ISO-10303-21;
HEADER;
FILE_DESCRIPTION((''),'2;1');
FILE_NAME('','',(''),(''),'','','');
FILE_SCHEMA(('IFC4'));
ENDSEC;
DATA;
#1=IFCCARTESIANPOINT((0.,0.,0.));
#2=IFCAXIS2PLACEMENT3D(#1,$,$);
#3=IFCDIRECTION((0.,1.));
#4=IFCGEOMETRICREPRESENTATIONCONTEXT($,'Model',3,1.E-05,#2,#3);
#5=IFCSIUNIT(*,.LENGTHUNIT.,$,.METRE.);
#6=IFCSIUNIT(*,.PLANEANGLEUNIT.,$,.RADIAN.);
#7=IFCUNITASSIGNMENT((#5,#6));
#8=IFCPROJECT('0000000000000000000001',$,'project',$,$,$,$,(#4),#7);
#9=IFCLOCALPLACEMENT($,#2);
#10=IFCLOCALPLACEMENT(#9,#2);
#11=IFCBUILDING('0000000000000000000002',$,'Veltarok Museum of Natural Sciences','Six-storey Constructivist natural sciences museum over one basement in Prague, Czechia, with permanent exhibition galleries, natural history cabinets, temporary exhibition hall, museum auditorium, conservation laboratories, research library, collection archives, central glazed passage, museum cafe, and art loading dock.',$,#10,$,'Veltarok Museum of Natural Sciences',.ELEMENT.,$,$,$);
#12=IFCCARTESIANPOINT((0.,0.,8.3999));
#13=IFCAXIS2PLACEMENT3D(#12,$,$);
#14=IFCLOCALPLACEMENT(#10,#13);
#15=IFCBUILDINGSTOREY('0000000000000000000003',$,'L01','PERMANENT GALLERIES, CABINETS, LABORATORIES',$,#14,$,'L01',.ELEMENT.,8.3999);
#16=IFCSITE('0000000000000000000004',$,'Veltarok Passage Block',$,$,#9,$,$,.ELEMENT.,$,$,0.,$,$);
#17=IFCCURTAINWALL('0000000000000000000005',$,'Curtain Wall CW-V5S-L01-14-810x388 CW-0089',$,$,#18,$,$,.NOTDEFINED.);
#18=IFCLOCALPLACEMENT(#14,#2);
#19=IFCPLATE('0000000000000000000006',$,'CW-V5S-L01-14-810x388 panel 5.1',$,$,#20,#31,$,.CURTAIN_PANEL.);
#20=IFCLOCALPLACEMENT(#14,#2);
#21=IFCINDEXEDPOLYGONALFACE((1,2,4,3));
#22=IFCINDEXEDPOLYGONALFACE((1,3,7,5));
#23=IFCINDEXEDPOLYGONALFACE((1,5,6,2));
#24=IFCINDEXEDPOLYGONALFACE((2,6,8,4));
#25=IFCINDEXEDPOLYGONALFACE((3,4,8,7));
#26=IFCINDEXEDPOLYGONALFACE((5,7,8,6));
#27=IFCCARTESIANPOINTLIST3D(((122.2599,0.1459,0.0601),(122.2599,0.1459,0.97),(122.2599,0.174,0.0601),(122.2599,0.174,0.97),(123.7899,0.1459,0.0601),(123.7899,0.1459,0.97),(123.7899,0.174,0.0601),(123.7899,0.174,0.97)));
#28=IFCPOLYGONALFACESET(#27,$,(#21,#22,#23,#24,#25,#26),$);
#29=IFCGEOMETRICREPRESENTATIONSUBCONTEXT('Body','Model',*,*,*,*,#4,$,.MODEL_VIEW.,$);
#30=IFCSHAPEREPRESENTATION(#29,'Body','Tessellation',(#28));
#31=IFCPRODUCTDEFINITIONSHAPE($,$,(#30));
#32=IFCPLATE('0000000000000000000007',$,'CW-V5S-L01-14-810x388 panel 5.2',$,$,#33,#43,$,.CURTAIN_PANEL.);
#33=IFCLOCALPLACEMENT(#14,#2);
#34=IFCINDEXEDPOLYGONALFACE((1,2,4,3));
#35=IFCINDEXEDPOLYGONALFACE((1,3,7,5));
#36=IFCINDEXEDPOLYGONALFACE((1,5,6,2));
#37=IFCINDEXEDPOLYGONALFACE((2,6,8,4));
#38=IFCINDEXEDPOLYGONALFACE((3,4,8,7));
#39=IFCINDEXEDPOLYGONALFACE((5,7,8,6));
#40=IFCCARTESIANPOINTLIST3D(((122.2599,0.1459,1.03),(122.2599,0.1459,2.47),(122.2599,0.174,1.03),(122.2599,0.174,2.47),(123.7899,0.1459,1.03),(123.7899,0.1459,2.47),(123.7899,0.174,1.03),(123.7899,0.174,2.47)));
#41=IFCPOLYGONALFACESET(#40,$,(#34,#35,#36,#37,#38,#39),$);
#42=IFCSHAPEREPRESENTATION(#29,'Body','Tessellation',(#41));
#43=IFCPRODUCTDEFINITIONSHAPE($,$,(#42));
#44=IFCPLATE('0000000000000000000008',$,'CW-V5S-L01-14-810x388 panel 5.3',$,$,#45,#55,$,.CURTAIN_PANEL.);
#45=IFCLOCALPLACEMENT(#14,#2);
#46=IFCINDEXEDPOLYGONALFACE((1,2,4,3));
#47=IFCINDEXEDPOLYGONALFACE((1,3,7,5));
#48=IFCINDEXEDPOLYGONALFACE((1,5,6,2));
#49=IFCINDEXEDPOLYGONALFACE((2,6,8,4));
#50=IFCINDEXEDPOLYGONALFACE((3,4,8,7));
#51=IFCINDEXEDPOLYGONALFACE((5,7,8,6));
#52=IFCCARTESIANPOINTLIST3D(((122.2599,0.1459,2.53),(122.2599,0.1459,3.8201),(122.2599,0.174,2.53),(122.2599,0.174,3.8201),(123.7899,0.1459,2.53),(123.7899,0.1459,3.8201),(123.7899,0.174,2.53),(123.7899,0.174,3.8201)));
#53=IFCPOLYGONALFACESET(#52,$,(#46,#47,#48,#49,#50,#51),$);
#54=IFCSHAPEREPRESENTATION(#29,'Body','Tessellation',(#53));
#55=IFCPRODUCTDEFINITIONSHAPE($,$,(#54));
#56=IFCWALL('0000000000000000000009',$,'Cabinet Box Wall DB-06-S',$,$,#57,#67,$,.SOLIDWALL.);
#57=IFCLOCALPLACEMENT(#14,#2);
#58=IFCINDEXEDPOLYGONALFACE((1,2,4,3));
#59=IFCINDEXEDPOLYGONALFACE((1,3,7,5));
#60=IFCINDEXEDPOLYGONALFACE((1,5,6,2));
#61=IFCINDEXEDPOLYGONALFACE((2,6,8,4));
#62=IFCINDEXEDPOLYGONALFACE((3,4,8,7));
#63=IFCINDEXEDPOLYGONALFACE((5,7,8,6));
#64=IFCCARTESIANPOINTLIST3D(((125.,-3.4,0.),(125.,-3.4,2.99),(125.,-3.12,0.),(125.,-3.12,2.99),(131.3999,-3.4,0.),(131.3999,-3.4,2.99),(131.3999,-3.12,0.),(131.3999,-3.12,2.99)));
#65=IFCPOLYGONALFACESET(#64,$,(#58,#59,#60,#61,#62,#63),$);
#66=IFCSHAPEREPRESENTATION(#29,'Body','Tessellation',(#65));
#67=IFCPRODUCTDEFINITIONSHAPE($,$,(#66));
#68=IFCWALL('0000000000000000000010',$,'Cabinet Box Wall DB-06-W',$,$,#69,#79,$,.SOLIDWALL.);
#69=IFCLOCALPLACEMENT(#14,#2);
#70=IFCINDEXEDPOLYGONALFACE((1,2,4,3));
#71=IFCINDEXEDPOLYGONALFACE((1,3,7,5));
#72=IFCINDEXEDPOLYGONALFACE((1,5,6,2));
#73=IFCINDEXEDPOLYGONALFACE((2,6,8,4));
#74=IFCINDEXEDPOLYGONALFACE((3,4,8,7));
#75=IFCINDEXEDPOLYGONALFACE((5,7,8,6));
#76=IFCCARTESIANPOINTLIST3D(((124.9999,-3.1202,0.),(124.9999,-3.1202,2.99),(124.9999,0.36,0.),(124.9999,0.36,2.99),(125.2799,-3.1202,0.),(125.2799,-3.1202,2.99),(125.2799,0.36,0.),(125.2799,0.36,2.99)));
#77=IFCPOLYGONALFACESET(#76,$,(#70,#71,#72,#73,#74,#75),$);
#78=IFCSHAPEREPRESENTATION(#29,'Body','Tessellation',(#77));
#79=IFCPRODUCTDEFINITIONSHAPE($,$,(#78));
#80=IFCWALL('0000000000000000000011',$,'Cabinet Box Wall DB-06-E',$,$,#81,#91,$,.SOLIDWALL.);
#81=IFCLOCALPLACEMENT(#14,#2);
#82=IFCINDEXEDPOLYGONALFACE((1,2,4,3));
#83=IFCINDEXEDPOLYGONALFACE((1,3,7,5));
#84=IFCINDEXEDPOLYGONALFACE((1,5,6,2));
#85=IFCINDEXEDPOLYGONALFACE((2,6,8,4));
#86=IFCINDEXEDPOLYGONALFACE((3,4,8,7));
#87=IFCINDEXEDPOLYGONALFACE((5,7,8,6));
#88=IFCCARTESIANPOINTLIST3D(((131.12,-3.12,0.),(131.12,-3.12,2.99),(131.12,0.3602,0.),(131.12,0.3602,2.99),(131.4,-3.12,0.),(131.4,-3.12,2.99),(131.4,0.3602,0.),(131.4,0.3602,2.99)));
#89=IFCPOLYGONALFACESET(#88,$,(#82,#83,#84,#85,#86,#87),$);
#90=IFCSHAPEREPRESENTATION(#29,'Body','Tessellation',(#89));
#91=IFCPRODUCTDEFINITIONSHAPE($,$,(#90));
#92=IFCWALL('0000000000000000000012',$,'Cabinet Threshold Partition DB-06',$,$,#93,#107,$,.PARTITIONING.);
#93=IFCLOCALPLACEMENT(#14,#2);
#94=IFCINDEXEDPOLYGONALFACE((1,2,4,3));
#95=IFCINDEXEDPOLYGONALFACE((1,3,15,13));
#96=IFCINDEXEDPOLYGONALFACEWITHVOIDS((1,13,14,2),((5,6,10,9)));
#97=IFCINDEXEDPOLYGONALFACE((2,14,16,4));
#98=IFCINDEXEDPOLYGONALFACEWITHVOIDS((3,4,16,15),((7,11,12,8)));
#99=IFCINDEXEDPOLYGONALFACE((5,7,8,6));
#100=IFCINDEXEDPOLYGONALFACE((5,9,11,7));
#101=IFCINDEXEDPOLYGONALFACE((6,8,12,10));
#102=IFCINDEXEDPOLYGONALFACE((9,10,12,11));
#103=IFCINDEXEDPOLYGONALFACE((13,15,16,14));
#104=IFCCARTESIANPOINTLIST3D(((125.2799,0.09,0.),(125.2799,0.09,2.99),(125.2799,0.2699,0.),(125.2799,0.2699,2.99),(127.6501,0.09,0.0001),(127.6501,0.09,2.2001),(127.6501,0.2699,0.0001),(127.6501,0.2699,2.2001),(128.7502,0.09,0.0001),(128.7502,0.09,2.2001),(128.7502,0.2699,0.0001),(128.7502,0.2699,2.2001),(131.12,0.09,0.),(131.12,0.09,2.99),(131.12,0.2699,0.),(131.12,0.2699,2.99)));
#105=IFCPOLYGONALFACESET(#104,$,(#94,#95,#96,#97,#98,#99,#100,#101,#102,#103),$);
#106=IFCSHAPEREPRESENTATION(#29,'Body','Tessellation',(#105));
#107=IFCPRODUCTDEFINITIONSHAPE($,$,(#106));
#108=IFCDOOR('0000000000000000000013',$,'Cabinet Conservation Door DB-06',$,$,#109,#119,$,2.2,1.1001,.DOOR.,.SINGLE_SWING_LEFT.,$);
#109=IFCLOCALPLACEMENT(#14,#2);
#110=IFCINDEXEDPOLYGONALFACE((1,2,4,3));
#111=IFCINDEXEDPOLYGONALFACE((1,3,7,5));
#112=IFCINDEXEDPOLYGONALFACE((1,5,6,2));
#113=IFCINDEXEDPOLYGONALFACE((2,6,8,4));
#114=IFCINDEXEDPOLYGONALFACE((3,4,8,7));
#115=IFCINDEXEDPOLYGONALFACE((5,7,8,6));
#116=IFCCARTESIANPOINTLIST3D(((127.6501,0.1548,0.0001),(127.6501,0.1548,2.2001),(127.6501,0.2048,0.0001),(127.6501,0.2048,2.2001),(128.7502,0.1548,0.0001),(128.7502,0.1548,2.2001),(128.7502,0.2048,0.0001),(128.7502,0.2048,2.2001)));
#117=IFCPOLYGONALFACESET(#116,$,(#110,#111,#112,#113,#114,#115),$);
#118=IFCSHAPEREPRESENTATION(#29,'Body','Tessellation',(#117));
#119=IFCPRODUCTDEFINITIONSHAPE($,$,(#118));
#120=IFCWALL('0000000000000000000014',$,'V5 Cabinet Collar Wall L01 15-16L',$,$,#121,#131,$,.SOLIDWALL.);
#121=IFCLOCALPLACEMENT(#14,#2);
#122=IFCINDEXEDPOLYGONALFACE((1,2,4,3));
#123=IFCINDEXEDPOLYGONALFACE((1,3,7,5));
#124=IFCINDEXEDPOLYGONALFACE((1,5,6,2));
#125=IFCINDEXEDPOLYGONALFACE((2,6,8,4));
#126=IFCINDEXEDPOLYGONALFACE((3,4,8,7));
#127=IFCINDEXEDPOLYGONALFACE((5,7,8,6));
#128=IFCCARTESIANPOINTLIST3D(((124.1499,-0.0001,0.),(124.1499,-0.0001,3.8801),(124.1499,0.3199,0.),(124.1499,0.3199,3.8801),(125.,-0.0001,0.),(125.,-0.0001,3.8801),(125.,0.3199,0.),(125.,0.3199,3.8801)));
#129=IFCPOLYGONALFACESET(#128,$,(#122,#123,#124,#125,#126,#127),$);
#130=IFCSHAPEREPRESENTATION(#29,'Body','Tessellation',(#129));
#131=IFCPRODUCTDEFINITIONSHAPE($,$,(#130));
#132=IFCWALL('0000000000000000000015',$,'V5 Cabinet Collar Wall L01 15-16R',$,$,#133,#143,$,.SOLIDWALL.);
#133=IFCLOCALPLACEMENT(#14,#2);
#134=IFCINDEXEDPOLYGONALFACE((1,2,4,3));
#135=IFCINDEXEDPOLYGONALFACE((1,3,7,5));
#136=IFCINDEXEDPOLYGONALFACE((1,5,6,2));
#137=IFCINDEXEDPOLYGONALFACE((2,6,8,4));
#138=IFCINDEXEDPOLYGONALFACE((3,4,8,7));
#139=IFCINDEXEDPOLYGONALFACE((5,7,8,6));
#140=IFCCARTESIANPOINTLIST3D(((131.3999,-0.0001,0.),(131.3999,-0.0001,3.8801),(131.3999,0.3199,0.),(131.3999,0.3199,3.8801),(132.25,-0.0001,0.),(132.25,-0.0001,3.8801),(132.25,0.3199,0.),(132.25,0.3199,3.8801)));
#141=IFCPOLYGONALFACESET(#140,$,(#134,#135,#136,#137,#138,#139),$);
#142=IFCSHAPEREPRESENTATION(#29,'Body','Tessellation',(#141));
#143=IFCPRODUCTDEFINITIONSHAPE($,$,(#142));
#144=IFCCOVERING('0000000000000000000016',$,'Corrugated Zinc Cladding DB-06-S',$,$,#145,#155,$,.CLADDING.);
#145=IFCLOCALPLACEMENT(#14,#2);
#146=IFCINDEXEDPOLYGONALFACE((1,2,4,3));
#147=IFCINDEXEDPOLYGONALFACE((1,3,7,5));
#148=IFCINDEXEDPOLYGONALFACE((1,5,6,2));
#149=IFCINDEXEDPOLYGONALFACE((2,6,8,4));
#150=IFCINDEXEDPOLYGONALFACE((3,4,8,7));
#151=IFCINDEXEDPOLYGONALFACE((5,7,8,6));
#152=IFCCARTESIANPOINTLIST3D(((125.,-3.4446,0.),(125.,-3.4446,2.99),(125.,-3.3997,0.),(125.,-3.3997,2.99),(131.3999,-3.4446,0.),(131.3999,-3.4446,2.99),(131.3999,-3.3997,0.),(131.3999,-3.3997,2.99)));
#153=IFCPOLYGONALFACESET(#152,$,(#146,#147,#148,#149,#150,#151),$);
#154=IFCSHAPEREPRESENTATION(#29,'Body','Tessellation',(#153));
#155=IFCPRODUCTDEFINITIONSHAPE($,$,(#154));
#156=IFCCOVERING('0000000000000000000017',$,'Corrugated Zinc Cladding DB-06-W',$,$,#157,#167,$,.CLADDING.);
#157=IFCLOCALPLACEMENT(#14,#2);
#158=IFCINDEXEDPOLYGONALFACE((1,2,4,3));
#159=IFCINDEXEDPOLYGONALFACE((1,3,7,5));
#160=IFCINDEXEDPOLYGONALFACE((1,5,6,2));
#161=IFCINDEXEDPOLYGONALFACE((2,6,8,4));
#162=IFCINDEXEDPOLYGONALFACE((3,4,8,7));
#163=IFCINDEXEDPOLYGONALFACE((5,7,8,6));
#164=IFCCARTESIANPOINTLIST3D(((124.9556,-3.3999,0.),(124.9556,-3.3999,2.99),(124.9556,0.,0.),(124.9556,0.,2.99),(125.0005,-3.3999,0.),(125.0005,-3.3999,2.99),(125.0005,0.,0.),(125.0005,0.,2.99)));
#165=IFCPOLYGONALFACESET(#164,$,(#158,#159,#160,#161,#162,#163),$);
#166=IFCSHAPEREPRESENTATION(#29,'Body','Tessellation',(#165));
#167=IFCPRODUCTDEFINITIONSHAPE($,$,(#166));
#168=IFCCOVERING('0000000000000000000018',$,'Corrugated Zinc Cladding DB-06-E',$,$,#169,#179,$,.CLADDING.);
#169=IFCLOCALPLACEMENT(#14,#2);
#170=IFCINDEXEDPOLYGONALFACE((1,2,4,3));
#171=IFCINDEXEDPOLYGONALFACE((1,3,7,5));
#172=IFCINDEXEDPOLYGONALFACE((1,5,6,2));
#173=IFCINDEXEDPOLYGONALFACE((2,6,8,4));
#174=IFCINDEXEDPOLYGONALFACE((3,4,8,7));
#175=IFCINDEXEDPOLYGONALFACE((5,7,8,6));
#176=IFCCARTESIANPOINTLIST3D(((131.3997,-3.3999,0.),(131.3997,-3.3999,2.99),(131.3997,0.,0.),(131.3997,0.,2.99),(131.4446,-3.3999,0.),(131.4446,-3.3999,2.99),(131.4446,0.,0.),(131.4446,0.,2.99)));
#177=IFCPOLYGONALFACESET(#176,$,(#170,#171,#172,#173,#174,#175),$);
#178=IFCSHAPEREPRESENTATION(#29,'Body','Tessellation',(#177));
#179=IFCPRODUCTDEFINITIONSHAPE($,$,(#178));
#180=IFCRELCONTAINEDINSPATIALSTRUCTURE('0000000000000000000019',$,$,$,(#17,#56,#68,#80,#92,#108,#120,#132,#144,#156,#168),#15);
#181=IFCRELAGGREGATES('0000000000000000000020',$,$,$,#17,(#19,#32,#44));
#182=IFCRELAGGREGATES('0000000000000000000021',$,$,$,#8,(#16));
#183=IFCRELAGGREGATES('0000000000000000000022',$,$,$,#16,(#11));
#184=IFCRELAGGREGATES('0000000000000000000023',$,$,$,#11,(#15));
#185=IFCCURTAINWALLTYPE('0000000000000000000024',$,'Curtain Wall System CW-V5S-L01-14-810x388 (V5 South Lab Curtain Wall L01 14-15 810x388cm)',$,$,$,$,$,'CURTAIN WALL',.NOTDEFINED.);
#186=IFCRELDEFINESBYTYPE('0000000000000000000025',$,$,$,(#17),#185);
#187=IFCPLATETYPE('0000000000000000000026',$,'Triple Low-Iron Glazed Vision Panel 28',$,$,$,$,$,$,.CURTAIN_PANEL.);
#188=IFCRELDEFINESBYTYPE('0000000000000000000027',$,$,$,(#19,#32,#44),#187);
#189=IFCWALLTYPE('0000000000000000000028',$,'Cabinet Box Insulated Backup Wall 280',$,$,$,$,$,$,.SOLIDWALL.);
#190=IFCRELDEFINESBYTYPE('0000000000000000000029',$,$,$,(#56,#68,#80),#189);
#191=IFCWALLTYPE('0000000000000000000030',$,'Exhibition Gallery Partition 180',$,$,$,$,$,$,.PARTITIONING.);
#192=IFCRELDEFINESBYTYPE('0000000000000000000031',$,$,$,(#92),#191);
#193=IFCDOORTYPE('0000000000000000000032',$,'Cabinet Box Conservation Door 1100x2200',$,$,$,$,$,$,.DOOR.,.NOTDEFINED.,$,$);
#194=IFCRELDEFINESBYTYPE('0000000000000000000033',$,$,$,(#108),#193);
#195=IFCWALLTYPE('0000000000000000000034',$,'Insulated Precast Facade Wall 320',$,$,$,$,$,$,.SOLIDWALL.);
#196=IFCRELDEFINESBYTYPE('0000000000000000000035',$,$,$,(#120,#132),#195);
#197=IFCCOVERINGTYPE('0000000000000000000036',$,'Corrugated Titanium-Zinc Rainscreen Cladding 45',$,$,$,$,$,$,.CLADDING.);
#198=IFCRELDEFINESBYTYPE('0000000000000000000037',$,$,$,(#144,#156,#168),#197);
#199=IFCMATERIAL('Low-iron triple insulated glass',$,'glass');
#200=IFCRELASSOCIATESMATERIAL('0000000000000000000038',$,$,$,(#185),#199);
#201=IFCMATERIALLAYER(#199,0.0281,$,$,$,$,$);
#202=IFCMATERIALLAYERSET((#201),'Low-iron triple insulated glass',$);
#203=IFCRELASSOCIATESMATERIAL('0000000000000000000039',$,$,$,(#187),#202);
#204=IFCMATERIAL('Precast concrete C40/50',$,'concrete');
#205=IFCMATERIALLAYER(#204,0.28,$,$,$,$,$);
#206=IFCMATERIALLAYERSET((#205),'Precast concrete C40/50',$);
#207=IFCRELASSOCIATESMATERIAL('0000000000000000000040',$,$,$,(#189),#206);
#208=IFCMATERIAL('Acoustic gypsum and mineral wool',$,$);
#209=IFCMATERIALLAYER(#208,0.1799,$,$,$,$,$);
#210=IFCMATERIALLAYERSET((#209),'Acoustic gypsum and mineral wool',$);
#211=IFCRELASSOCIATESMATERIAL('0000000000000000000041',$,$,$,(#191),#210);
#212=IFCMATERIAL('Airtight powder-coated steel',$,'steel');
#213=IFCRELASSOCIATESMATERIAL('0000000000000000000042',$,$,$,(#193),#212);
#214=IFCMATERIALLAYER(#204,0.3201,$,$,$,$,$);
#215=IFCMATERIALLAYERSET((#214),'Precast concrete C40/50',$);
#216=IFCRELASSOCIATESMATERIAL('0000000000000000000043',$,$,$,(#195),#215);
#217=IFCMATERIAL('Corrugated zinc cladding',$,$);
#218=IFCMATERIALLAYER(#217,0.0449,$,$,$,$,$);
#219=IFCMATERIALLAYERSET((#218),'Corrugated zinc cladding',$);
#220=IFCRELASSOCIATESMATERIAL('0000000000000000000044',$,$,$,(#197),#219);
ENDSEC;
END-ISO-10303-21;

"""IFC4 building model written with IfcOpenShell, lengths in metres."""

from ifc_helpers import new_model, si_unit, direction, frame, frame_2d, origin, origin_2d, place, context, subcontext, project, spatial, rectangle, extrude, material, layer, layer_set, type_object, element, fill, aggregate, save


model = new_model("IFC4")

# Units and contexts
model_context = context("Model", 3, precision=1e-05, world=origin(), true_north=direction((0.0, 1.0)))
body_context = subcontext(model_context, "Body", "Model", "MODEL_VIEW")
ifc_project = project(units=[si_unit("LENGTHUNIT", "METRE"), si_unit("PLANEANGLEUNIT", "RADIAN")], contexts=[model_context])

# Site, building, storey
site_placement = place(None, origin())
site = spatial("IfcSite", under=ifc_project, at=site_placement, Name="Veltarok Passage Block", CompositionType="ELEMENT", RefElevation=0.0)
building_placement = place(site_placement, origin())
building = spatial("IfcBuilding", under=site, at=building_placement, Name="Veltarok Museum of Natural Sciences", Description="Six-storey Constructivist natural sciences museum over one basement in Prague, Czechia, with permanent exhibition galleries, natural history cabinets, temporary exhibition hall, museum auditorium, conservation laboratories, research library, collection archives, central glazed passage, museum cafe, and art loading dock.", LongName="Veltarok Museum of Natural Sciences", CompositionType="ELEMENT")
storey_placement = place(building_placement, frame((0.0, 0.0, 8.3999)))
storey = spatial("IfcBuildingStorey", under=building, at=storey_placement, Name="L01", Description="PERMANENT GALLERIES, CABINETS, LABORATORIES", LongName="L01", CompositionType="ELEMENT", Elevation=8.3999)

# Curtain wall
ifc_material_1 = material(Name="Low-iron triple insulated glass", Category="glass")
curtain_wall_type = type_object("IfcCurtainWallType", Name="Curtain Wall System CW-V5S-L01-14-810x388 (V5 South Lab Curtain Wall L01 14-15 810x388cm)", ElementType="CURTAIN WALL", PredefinedType="NOTDEFINED", material=ifc_material_1)
curtain_wall_placement = place(storey_placement, origin())
curtain_wall = element("IfcCurtainWall", 1, at=curtain_wall_placement, inside=storey, type_object=curtain_wall_type, Name="Curtain Wall CW-V5S-L01-14-810x388 CW-0089", PredefinedType="NOTDEFINED")

# Shared definitions
ifc_material_2 = material(Name="Precast concrete C40/50", Category="concrete")

# Plates
ifc_layer_1 = layer(ifc_material_1, 0.0281)
ifc_layer_set_1 = layer_set([ifc_layer_1], Name="Low-iron triple insulated glass")
plate_type = type_object("IfcPlateType", Name="Triple Low-Iron Glazed Vision Panel 28", PredefinedType="CURTAIN_PANEL", material=ifc_layer_set_1)
plate_1_placement = place(storey_placement, frame((123.0249, 0.1599, 0.0601), z_axis=(0.0, 0.0, 1.0), x_axis=(1.0, 0.0, 0.0)))
plate_1 = element("IfcPlate", 2, at=plate_1_placement, type_object=plate_type, Name="CW-V5S-L01-14-810x388 panel 5.1", PredefinedType="CURTAIN_PANEL", context=body_context, shape_type="SweptSolid", body=[
    extrude(rectangle(XDim=1.53, YDim=0.0281, at=origin_2d()), origin(), (0.0, 0.0, 1.0), 0.9099),
])
plate_2_placement = place(storey_placement, frame((123.0249, 0.1599, 1.03), z_axis=(0.0, 0.0, 1.0), x_axis=(1.0, 0.0, 0.0)))
plate_2 = element("IfcPlate", 3, at=plate_2_placement, type_object=plate_type, Name="CW-V5S-L01-14-810x388 panel 5.2", PredefinedType="CURTAIN_PANEL", context=body_context, shape_type="SweptSolid", body=[
    extrude(rectangle(XDim=1.53, YDim=0.0281, at=origin_2d()), origin(), (0.0, 0.0, 1.0), 1.4399),
])
plate_3_placement = place(storey_placement, frame((123.0249, 0.1599, 2.53), z_axis=(0.0, 0.0, 1.0), x_axis=(1.0, 0.0, 0.0)))
plate_3 = element("IfcPlate", 4, at=plate_3_placement, type_object=plate_type, Name="CW-V5S-L01-14-810x388 panel 5.3", PredefinedType="CURTAIN_PANEL", context=body_context, shape_type="SweptSolid", body=[
    extrude(rectangle(XDim=1.53, YDim=0.0281, at=origin_2d()), origin(), (0.0, 0.0, 1.0), 1.29),
])
aggregate(curtain_wall, [plate_1, plate_2, plate_3])

# Walls
ifc_layer_2 = layer(ifc_material_2, 0.28)
ifc_layer_set_2 = layer_set([ifc_layer_2], Name="Precast concrete C40/50")
wall_type_1 = type_object("IfcWallType", Name="Cabinet Box Insulated Backup Wall 280", PredefinedType="SOLIDWALL", material=ifc_layer_set_2)
wall_1_placement = place(storey_placement, frame((125.0, -3.26, 0.0), z_axis=(0.0, 0.0, 1.0), x_axis=(1.0, 0.0, 0.0)))
element("IfcWall", 5, at=wall_1_placement, inside=storey, type_object=wall_type_1, Name="Cabinet Box Wall DB-06-S", PredefinedType="SOLIDWALL", context=body_context, shape_type="SweptSolid", body=[
    extrude(rectangle(XDim=6.3999, YDim=0.28, at=frame_2d((3.2, 0.0))), origin(), (0.0, 0.0, 1.0), 2.99),
])
for number, where, z_axis, x_axis, name in (
    (6, (125.1399, 0.3601, 0.0), (0.0, 0.0, 1.0), (0.0, -1.0, 0.0), "Cabinet Box Wall DB-06-W"),
    (7, (131.26, -3.1201, 0.0), (0.0, 0.0, 1.0), (0.0, 1.0, 0.0), "Cabinet Box Wall DB-06-E"),
):
    element("IfcWall", number, at=place(storey_placement, frame(where, z_axis=z_axis, x_axis=x_axis)), inside=storey, type_object=wall_type_1, Name=name, PredefinedType="SOLIDWALL", context=body_context, shape_type="SweptSolid", body=[
        extrude(rectangle(XDim=3.4802, YDim=0.28, at=frame_2d((1.7402, 0.0))), origin(), (0.0, 0.0, 1.0), 2.99),
    ])

# Wall, opening, door
ifc_material_3 = material(Name="Acoustic gypsum and mineral wool")
ifc_layer_3 = layer(ifc_material_3, 0.1799)
ifc_layer_set_3 = layer_set([ifc_layer_3], Name="Acoustic gypsum and mineral wool")
wall_type_2 = type_object("IfcWallType", Name="Exhibition Gallery Partition 180", PredefinedType="PARTITIONING", material=ifc_layer_set_3)
wall_2_placement = place(storey_placement, frame((125.28, 0.1799, 0.0), z_axis=(0.0, 0.0, 1.0), x_axis=(1.0, 0.0, 0.0)))
wall_2 = element("IfcWall", 8, at=wall_2_placement, inside=storey, type_object=wall_type_2, Name="Cabinet Threshold Partition DB-06", PredefinedType="PARTITIONING", context=body_context, shape_type="SweptSolid", body=[
    extrude(rectangle(XDim=5.8401, YDim=0.1799, at=frame_2d((2.9199, 0.0))), origin(), (0.0, 0.0, 1.0), 2.99),
])
opening_placement = place(wall_2_placement, frame((2.3701, 0.0, 0.0)))
opening = element("IfcOpeningElement", 9, at=opening_placement, cuts=wall_2, PredefinedType="OPENING", context=body_context, shape_type="SweptSolid", body=[
    extrude(rectangle(XDim=1.1001, YDim=2.2, at=frame_2d((0.55, 1.1001))), frame((0.0, 0.1001, 0.0), z_axis=(0.0, -1.0, 0.0), x_axis=(1.0, 0.0, 0.0)), (0.0, 0.0, 1.0), 0.2),
])
ifc_material_4 = material(Name="Airtight powder-coated steel", Category="steel")
door_type = type_object("IfcDoorType", Name="Cabinet Box Conservation Door 1100x2200", OperationType="NOTDEFINED", PredefinedType="DOOR", material=ifc_material_4)
door_placement = place(opening_placement, origin())
door = element("IfcDoor", 10, at=door_placement, inside=storey, type_object=door_type, Name="Cabinet Conservation Door DB-06", OperationType="SINGLE_SWING_LEFT", OverallHeight=2.2, OverallWidth=1.1001, PredefinedType="DOOR", context=body_context, shape_type="SweptSolid", body=[
    extrude(rectangle(XDim=1.1001, YDim=2.2, at=frame_2d((0.55, 1.1001))), frame((0.0, 0.0249, 0.0), z_axis=(0.0, -1.0, 0.0), x_axis=(1.0, 0.0, 0.0)), (0.0, 0.0, 1.0), 0.05),
])
fill(opening, door)

# Walls
ifc_layer_4 = layer(ifc_material_2, 0.3201)
ifc_layer_set_4 = layer_set([ifc_layer_4], Name="Precast concrete C40/50")
wall_type_3 = type_object("IfcWallType", Name="Insulated Precast Facade Wall 320", PredefinedType="SOLIDWALL", material=ifc_layer_set_4)
for number, where, z_axis, x_axis, name in (
    (11, (124.1499, 0.1599, 0.0), (0.0, 0.0, 1.0), (1.0, 0.0, 0.0), "V5 Cabinet Collar Wall L01 15-16L"),
    (12, (131.3999, 0.1599, 0.0), (0.0, 0.0, 1.0), (1.0, 0.0, 0.0), "V5 Cabinet Collar Wall L01 15-16R"),
):
    element("IfcWall", number, at=place(storey_placement, frame(where, z_axis=z_axis, x_axis=x_axis)), inside=storey, type_object=wall_type_3, Name=name, PredefinedType="SOLIDWALL", context=body_context, shape_type="SweptSolid", body=[
        extrude(rectangle(XDim=0.8501, YDim=0.3201, at=frame_2d((0.425, 0.0))), origin(), (0.0, 0.0, 1.0), 3.8801),
    ])

# Coverings
ifc_material_5 = material(Name="Corrugated zinc cladding")
ifc_layer_5 = layer(ifc_material_5, 0.0449)
ifc_layer_set_5 = layer_set([ifc_layer_5], Name="Corrugated zinc cladding")
covering_type = type_object("IfcCoveringType", Name="Corrugated Titanium-Zinc Rainscreen Cladding 45", PredefinedType="CLADDING", material=ifc_layer_set_5)
covering_placement = place(storey_placement, frame((125.0, -3.4221, 0.0), z_axis=(0.0, 0.0, 1.0), x_axis=(1.0, 0.0, 0.0)))
element("IfcCovering", 13, at=covering_placement, inside=storey, type_object=covering_type, Name="Corrugated Zinc Cladding DB-06-S", PredefinedType="CLADDING", context=body_context, shape_type="SweptSolid", body=[
    extrude(rectangle(XDim=6.3999, YDim=0.0449, at=frame_2d((3.2, 0.0))), origin(), (0.0, 0.0, 1.0), 2.99),
])
for number, where, z_axis, x_axis, name in (
    (14, (124.978, 0.0, 0.0), (0.0, 0.0, 1.0), (0.0, -1.0, 0.0), "Corrugated Zinc Cladding DB-06-W"),
    (15, (131.4221, -3.3999, 0.0), (0.0, 0.0, 1.0), (0.0, 1.0, 0.0), "Corrugated Zinc Cladding DB-06-E"),
):
    element("IfcCovering", number, at=place(storey_placement, frame(where, z_axis=z_axis, x_axis=x_axis)), inside=storey, type_object=covering_type, Name=name, PredefinedType="CLADDING", context=body_context, shape_type="SweptSolid", body=[
        extrude(rectangle(XDim=3.3999, YDim=0.0449, at=frame_2d((1.7, 0.0))), origin(), (0.0, 0.0, 1.0), 2.99),
    ])

save(model, "model.ifc")
